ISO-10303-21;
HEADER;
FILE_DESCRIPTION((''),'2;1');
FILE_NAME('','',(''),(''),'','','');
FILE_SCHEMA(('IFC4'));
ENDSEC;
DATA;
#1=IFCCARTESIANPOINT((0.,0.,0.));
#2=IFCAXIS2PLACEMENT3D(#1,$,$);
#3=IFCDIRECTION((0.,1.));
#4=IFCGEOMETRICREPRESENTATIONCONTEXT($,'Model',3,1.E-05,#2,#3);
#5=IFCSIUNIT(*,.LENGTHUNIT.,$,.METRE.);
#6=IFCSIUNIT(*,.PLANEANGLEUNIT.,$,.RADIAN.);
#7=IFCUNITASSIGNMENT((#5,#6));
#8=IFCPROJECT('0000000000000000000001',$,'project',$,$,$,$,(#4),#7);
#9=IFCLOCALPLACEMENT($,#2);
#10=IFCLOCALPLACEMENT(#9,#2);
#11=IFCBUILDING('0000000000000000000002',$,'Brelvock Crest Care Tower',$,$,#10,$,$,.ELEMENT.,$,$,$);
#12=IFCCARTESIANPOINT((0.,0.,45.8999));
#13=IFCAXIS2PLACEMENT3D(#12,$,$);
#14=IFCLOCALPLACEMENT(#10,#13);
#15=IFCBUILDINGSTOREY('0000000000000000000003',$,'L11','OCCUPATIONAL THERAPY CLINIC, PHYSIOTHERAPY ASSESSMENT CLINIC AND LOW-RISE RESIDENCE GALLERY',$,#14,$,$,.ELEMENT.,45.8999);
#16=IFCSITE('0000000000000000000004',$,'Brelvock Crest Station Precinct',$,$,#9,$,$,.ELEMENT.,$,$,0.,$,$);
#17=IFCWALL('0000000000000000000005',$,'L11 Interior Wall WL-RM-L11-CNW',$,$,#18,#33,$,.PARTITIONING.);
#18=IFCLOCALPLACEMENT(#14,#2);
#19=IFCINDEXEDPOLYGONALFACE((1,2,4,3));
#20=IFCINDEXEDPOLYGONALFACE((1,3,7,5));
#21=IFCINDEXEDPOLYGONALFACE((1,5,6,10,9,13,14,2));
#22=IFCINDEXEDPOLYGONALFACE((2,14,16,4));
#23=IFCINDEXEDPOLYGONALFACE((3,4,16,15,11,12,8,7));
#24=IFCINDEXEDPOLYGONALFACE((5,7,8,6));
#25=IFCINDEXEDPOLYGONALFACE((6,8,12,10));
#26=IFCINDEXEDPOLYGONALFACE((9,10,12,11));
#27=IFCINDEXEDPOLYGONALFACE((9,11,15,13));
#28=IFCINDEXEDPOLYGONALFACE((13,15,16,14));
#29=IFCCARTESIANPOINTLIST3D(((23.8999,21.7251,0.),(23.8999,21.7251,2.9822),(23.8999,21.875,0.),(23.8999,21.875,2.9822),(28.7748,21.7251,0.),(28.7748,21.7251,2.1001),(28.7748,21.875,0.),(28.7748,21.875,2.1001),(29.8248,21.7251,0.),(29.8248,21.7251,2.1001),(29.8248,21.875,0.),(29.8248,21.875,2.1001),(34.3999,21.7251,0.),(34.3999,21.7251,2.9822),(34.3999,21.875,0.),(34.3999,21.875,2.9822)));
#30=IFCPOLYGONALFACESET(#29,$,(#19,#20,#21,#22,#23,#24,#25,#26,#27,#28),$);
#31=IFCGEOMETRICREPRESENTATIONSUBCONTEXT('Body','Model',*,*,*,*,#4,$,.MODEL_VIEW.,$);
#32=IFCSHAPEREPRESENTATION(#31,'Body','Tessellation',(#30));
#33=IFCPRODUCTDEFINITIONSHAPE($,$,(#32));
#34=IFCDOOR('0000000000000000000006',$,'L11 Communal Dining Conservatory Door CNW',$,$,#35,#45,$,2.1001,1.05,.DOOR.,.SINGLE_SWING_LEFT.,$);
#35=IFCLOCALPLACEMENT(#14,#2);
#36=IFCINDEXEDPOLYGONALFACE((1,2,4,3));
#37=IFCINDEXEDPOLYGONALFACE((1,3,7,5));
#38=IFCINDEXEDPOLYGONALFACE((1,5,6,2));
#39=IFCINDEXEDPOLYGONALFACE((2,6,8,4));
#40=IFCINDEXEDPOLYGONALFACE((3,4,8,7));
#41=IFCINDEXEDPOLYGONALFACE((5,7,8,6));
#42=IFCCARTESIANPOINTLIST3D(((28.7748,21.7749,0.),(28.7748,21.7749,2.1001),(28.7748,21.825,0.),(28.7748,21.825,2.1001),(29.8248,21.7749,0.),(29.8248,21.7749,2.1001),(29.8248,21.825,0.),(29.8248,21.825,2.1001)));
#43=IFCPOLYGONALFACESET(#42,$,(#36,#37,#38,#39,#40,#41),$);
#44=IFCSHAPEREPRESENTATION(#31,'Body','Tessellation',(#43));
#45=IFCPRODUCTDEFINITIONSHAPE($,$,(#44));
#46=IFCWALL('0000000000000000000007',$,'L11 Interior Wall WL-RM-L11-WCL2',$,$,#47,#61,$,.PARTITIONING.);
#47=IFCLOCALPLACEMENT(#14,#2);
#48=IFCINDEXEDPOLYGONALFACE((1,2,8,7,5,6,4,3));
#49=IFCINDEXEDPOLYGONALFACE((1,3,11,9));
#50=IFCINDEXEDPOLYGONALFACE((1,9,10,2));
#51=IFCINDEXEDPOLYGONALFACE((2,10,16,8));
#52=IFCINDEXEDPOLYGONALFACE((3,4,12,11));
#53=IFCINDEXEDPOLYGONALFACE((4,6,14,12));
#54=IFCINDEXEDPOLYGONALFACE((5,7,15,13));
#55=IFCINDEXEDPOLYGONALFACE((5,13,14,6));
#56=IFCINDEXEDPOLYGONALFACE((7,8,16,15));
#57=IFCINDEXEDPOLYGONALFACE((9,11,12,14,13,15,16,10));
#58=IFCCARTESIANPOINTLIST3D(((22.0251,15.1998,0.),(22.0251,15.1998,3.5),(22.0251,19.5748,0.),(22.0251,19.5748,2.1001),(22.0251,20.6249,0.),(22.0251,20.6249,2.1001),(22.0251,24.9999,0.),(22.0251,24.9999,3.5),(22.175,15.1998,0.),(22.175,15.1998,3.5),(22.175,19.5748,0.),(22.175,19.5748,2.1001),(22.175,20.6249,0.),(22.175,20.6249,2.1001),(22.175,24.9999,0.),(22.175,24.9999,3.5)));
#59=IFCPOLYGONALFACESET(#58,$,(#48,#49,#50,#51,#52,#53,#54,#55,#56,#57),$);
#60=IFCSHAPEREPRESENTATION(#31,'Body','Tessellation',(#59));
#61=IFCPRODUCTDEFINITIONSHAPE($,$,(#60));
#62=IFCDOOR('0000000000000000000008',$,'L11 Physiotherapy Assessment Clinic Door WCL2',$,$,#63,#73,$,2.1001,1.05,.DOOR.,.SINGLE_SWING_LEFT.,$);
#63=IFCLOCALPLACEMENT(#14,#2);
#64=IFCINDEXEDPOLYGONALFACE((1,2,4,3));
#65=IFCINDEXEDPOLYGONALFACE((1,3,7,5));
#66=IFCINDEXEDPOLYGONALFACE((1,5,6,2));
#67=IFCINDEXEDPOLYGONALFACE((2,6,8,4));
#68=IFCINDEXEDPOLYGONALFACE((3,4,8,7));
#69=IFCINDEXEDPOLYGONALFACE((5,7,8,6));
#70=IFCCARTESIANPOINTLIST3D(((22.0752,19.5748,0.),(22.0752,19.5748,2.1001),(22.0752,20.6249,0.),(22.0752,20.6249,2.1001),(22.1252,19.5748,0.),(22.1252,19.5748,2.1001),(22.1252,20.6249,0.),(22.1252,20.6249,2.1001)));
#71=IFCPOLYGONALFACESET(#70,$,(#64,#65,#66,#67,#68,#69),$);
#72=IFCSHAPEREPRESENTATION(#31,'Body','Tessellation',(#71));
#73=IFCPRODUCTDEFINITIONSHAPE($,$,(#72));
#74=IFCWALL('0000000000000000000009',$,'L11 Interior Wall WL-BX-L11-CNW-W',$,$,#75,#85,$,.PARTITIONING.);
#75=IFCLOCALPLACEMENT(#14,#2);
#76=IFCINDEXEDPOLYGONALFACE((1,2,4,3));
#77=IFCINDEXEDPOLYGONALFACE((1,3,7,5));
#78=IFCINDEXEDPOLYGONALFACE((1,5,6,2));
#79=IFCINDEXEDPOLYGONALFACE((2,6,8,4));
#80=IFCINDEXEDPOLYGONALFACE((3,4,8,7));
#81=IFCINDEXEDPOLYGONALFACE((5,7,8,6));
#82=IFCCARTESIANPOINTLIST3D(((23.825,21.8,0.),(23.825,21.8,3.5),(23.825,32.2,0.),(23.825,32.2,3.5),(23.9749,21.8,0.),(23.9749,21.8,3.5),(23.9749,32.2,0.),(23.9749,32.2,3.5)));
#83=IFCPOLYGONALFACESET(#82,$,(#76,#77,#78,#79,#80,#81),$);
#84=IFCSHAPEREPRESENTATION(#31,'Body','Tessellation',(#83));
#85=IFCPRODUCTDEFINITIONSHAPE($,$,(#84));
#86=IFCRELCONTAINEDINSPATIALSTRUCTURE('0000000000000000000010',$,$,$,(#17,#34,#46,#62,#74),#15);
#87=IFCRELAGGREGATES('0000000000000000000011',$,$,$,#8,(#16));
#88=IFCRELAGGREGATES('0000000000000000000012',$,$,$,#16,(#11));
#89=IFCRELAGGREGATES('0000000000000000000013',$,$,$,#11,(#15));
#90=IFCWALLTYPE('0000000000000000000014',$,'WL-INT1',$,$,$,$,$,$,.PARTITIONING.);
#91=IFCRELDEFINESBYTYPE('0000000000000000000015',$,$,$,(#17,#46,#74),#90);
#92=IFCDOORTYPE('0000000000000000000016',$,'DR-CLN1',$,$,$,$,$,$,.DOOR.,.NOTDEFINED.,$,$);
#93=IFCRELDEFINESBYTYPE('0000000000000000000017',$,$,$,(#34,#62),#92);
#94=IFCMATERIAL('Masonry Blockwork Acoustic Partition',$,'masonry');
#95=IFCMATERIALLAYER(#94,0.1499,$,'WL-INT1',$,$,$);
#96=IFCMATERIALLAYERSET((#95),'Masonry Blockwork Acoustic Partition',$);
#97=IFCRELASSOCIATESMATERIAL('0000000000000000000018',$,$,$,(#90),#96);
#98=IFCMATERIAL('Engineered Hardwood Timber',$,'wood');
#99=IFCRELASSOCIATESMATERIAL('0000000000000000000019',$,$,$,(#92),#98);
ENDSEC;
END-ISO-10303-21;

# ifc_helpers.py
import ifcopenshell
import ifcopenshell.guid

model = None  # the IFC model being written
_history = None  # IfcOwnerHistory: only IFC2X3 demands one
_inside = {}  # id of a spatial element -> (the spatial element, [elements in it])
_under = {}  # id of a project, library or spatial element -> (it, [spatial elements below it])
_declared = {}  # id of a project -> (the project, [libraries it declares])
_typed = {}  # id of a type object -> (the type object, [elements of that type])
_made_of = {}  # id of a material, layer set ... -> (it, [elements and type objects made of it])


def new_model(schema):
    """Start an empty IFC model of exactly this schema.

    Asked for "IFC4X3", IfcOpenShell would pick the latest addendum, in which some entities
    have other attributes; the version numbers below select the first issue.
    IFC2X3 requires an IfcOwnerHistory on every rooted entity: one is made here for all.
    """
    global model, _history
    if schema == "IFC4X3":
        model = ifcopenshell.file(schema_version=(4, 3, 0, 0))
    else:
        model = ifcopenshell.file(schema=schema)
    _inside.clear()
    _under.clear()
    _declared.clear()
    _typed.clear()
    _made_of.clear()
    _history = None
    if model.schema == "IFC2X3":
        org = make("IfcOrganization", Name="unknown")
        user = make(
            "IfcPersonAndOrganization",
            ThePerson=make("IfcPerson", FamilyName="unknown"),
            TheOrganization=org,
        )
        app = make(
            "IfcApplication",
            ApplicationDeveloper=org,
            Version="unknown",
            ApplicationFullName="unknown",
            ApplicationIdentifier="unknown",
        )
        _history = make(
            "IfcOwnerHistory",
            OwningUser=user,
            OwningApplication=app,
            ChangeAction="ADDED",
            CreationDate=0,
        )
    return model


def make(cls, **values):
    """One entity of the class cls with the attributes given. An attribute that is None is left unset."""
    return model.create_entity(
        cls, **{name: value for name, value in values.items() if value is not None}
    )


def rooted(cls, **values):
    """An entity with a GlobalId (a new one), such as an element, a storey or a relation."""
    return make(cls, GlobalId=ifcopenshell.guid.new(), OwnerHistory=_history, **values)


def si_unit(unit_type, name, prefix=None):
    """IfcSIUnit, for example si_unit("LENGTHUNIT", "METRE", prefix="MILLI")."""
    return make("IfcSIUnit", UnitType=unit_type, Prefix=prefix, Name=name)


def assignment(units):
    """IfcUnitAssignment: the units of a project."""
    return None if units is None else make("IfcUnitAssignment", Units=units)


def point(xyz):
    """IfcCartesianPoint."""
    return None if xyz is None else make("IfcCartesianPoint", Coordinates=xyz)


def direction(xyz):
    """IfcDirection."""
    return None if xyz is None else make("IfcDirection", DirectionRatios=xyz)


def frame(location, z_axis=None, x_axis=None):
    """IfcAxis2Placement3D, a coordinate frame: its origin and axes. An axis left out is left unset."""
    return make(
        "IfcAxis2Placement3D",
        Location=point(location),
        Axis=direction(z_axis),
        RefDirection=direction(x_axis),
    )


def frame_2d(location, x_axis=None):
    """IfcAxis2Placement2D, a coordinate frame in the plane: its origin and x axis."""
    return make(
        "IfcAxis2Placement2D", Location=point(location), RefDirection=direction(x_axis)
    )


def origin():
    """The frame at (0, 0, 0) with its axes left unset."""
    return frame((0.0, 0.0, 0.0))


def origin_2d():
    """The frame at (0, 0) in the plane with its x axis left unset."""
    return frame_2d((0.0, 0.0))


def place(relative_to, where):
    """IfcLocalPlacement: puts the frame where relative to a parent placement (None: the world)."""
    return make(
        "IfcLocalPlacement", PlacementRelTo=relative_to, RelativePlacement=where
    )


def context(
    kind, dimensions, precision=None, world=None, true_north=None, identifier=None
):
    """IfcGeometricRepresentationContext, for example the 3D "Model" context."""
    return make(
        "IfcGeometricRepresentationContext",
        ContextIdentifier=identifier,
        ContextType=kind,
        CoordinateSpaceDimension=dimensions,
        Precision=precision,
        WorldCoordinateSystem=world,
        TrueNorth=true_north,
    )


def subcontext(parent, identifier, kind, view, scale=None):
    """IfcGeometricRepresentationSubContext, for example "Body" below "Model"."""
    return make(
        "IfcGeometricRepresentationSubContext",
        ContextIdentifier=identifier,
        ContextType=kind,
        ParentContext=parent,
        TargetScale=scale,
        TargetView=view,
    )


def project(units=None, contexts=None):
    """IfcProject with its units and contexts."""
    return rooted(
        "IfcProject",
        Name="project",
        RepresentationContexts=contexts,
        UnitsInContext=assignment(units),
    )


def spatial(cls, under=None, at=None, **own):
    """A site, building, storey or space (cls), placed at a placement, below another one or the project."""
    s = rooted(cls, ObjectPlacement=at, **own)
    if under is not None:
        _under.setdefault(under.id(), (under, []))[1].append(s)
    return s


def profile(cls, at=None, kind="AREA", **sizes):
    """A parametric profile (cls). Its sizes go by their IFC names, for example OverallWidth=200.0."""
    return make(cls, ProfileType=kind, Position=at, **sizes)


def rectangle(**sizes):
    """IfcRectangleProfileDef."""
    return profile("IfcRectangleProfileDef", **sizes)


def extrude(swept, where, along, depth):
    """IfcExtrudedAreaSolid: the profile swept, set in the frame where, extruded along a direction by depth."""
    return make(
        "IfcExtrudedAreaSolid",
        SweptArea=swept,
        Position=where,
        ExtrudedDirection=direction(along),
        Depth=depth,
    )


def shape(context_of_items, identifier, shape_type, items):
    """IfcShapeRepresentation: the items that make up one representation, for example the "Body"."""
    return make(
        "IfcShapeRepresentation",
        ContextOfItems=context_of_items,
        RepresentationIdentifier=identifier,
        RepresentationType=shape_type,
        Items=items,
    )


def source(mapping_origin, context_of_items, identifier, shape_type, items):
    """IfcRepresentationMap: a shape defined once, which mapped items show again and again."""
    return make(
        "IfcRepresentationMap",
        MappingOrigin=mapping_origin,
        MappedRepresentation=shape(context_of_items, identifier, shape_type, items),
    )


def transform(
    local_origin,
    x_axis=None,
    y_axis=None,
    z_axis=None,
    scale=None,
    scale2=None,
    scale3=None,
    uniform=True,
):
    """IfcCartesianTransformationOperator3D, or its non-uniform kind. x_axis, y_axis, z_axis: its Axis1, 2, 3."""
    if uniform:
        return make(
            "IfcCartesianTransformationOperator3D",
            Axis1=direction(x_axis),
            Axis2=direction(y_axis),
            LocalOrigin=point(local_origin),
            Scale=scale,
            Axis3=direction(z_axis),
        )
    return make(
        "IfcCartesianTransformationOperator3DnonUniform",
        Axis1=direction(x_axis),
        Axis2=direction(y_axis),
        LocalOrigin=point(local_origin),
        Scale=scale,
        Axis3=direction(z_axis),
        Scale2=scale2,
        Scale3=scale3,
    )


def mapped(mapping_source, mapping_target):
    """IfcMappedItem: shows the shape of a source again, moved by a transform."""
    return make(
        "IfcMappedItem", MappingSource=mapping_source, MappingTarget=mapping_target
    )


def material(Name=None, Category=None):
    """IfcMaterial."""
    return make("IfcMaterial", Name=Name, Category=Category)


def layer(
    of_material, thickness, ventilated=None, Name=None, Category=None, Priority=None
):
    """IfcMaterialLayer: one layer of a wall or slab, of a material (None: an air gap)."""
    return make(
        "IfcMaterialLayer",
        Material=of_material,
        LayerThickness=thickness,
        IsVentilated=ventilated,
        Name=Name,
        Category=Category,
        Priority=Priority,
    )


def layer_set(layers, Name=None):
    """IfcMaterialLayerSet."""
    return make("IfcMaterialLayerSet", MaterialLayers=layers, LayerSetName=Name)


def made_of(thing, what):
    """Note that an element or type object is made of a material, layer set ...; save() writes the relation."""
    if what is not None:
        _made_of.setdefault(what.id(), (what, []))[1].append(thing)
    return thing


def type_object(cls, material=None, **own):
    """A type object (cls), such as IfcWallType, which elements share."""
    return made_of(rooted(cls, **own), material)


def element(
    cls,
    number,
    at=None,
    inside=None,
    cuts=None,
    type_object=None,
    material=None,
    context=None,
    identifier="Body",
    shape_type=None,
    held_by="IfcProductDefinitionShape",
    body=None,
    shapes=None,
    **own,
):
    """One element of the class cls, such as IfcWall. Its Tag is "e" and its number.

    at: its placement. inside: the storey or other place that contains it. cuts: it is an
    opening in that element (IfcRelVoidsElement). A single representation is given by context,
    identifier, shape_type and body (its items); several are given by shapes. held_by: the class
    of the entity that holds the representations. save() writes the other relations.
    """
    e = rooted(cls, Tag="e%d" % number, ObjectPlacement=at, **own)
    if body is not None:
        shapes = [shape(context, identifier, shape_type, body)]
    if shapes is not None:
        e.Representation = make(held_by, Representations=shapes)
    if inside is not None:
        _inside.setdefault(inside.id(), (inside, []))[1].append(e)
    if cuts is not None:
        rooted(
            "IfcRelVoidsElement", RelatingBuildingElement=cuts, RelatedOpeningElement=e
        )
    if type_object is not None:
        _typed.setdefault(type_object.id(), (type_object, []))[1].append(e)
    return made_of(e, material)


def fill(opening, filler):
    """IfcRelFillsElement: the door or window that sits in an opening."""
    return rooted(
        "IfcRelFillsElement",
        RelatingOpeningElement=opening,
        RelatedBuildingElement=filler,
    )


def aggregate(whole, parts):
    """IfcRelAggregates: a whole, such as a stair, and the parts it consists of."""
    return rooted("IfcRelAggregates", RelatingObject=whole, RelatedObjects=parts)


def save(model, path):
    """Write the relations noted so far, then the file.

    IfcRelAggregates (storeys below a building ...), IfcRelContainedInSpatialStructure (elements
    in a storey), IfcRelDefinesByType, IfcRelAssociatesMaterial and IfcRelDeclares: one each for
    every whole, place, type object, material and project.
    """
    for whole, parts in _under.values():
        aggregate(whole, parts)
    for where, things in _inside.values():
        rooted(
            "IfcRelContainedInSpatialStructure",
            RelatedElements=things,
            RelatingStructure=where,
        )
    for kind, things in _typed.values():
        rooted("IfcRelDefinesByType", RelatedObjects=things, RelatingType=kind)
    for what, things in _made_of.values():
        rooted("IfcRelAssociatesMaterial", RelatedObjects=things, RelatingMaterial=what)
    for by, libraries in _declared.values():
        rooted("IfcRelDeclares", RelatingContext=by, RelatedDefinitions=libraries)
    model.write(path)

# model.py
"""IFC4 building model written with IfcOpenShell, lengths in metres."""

from ifc_helpers import new_model, si_unit, direction, frame, frame_2d, origin, origin_2d, place, context, subcontext, project, spatial, rectangle, extrude, source, transform, mapped, material, layer, layer_set, type_object, element, fill, save


model = new_model("IFC4")

# Units and contexts
model_context = context("Model", 3, precision=1e-05, world=origin(), true_north=direction((0.0, 1.0)))
body_context = subcontext(model_context, "Body", "Model", "MODEL_VIEW")
ifc_project = project(units=[si_unit("LENGTHUNIT", "METRE"), si_unit("PLANEANGLEUNIT", "RADIAN")], contexts=[model_context])

# Site, building, storey
site_placement = place(None, origin())
site = spatial("IfcSite", under=ifc_project, at=site_placement, Name="Brelvock Crest Station Precinct", CompositionType="ELEMENT", RefElevation=0.0)
building_placement = place(site_placement, origin())
building = spatial("IfcBuilding", under=site, at=building_placement, Name="Brelvock Crest Care Tower", CompositionType="ELEMENT")
storey_placement = place(building_placement, frame((0.0, 0.0, 45.8999)))
storey = spatial("IfcBuildingStorey", under=building, at=storey_placement, Name="L11", Description="OCCUPATIONAL THERAPY CLINIC, PHYSIOTHERAPY ASSESSMENT CLINIC AND LOW-RISE RESIDENCE GALLERY", CompositionType="ELEMENT", Elevation=45.8999)

# Walls, openings, doors
ifc_material_1 = material(Name="Masonry Blockwork Acoustic Partition", Category="masonry")
ifc_layer_1 = layer(ifc_material_1, 0.1499, Name="WL-INT1")
ifc_layer_set_1 = layer_set([ifc_layer_1], Name="Masonry Blockwork Acoustic Partition")
wall_type_1 = type_object("IfcWallType", Name="WL-INT1", PredefinedType="PARTITIONING", material=ifc_layer_set_1)
wall_1_placement = place(storey_placement, frame((23.8999, 21.8, 0.0), z_axis=(0.0, 0.0, 1.0), x_axis=(1.0, 0.0, 0.0)))
wall_1 = element("IfcWall", 1, at=wall_1_placement, inside=storey, type_object=wall_type_1, Name="L11 Interior Wall WL-RM-L11-CNW", PredefinedType="PARTITIONING", context=body_context, shape_type="SweptSolid", body=[
    extrude(rectangle(XDim=10.5, YDim=0.1499, at=frame_2d((5.25, 0.0))), origin(), (0.0, 0.0, 1.0), 2.9822),
])
opening_1_placement = place(wall_1_placement, frame((4.875, 0.0, 0.0)))
opening_1 = element("IfcOpeningElement", 2, at=opening_1_placement, cuts=wall_1, PredefinedType="OPENING", context=body_context, shape_type="SweptSolid", body=[
    extrude(rectangle(XDim=1.05, YDim=2.1001, at=origin_2d()), frame((0.5249, 0.085, 1.05), z_axis=(0.0, -1.0, 0.0), x_axis=(1.0, 0.0, 0.0)), (0.0, 0.0, 1.0), 0.1699),
])
ifc_material_2 = material(Name="Engineered Hardwood Timber", Category="wood")
door_type_1 = type_object("IfcDoorType", Name="DR-CLN1", OperationType="NOTDEFINED", PredefinedType="DOOR", material=ifc_material_2)
shared_shape_1 = source(origin(), body_context, "Body", "SweptSolid", [
    extrude(rectangle(XDim=1.05, YDim=2.1001, at=origin_2d()), frame((0.5249, 0.0249, 1.05), z_axis=(0.0, -1.0, 0.0), x_axis=(1.0, 0.0, 0.0)), (0.0, 0.0, 1.0), 0.05),
])
door_1_placement = place(opening_1_placement, origin())
door_1 = element("IfcDoor", 3, at=door_1_placement, inside=storey, type_object=door_type_1, Name="L11 Communal Dining Conservatory Door CNW", OperationType="SINGLE_SWING_LEFT", OverallHeight=2.1001, OverallWidth=1.05, PredefinedType="DOOR", context=body_context, shape_type="MappedRepresentation", body=[
    mapped(shared_shape_1, transform((0.0, 0.0, 0.0), x_axis=(1.0, 0.0, 0.0), y_axis=(0.0, 1.0, 0.0), z_axis=(0.0, 0.0, 1.0), scale=1.0)),
])
fill(opening_1, door_1)
wall_2_placement = place(storey_placement, frame((22.1001, 15.2, 0.0), z_axis=(0.0, 0.0, 1.0), x_axis=(0.0, 1.0, 0.0)))
wall_2 = element("IfcWall", 4, at=wall_2_placement, inside=storey, type_object=wall_type_1, Name="L11 Interior Wall WL-RM-L11-WCL2", PredefinedType="PARTITIONING", context=body_context, shape_type="SweptSolid", body=[
    extrude(rectangle(XDim=9.8, YDim=0.1499, at=frame_2d((4.8999, 0.0))), origin(), (0.0, 0.0, 1.0), 3.5),
])
opening_2_placement = place(wall_2_placement, frame((4.375, 0.0, 0.0)))
opening_2 = element("IfcOpeningElement", 5, at=opening_2_placement, cuts=wall_2, PredefinedType="OPENING", context=body_context, shape_type="SweptSolid", body=[
    extrude(rectangle(XDim=1.05, YDim=2.1001, at=origin_2d()), frame((0.5249, 0.085, 1.05), z_axis=(0.0, -1.0, 0.0), x_axis=(1.0, 0.0, 0.0)), (0.0, 0.0, 1.0), 0.1699),
])
door_2_placement = place(opening_2_placement, origin())
door_2 = element("IfcDoor", 6, at=door_2_placement, inside=storey, type_object=door_type_1, Name="L11 Physiotherapy Assessment Clinic Door WCL2", OperationType="SINGLE_SWING_LEFT", OverallHeight=2.1001, OverallWidth=1.05, PredefinedType="DOOR", context=body_context, shape_type="MappedRepresentation", body=[
    mapped(shared_shape_1, transform((0.0, 0.0, 0.0), x_axis=(1.0, 0.0, 0.0), y_axis=(0.0, 1.0, 0.0), z_axis=(0.0, 0.0, 1.0), scale=1.0)),
])
fill(opening_2, door_2)

# Wall
wall_3_placement = place(storey_placement, frame((23.8999, 21.8, 0.0), z_axis=(0.0, 0.0, 1.0), x_axis=(0.0, 1.0, 0.0)))
element("IfcWall", 7, at=wall_3_placement, inside=storey, type_object=wall_type_1, Name="L11 Interior Wall WL-BX-L11-CNW-W", PredefinedType="PARTITIONING", context=body_context, shape_type="SweptSolid", body=[
    extrude(rectangle(XDim=10.3999, YDim=0.1499, at=frame_2d((5.2, 0.0))), origin(), (0.0, 0.0, 1.0), 3.5),
])

save(model, "model.ifc")
